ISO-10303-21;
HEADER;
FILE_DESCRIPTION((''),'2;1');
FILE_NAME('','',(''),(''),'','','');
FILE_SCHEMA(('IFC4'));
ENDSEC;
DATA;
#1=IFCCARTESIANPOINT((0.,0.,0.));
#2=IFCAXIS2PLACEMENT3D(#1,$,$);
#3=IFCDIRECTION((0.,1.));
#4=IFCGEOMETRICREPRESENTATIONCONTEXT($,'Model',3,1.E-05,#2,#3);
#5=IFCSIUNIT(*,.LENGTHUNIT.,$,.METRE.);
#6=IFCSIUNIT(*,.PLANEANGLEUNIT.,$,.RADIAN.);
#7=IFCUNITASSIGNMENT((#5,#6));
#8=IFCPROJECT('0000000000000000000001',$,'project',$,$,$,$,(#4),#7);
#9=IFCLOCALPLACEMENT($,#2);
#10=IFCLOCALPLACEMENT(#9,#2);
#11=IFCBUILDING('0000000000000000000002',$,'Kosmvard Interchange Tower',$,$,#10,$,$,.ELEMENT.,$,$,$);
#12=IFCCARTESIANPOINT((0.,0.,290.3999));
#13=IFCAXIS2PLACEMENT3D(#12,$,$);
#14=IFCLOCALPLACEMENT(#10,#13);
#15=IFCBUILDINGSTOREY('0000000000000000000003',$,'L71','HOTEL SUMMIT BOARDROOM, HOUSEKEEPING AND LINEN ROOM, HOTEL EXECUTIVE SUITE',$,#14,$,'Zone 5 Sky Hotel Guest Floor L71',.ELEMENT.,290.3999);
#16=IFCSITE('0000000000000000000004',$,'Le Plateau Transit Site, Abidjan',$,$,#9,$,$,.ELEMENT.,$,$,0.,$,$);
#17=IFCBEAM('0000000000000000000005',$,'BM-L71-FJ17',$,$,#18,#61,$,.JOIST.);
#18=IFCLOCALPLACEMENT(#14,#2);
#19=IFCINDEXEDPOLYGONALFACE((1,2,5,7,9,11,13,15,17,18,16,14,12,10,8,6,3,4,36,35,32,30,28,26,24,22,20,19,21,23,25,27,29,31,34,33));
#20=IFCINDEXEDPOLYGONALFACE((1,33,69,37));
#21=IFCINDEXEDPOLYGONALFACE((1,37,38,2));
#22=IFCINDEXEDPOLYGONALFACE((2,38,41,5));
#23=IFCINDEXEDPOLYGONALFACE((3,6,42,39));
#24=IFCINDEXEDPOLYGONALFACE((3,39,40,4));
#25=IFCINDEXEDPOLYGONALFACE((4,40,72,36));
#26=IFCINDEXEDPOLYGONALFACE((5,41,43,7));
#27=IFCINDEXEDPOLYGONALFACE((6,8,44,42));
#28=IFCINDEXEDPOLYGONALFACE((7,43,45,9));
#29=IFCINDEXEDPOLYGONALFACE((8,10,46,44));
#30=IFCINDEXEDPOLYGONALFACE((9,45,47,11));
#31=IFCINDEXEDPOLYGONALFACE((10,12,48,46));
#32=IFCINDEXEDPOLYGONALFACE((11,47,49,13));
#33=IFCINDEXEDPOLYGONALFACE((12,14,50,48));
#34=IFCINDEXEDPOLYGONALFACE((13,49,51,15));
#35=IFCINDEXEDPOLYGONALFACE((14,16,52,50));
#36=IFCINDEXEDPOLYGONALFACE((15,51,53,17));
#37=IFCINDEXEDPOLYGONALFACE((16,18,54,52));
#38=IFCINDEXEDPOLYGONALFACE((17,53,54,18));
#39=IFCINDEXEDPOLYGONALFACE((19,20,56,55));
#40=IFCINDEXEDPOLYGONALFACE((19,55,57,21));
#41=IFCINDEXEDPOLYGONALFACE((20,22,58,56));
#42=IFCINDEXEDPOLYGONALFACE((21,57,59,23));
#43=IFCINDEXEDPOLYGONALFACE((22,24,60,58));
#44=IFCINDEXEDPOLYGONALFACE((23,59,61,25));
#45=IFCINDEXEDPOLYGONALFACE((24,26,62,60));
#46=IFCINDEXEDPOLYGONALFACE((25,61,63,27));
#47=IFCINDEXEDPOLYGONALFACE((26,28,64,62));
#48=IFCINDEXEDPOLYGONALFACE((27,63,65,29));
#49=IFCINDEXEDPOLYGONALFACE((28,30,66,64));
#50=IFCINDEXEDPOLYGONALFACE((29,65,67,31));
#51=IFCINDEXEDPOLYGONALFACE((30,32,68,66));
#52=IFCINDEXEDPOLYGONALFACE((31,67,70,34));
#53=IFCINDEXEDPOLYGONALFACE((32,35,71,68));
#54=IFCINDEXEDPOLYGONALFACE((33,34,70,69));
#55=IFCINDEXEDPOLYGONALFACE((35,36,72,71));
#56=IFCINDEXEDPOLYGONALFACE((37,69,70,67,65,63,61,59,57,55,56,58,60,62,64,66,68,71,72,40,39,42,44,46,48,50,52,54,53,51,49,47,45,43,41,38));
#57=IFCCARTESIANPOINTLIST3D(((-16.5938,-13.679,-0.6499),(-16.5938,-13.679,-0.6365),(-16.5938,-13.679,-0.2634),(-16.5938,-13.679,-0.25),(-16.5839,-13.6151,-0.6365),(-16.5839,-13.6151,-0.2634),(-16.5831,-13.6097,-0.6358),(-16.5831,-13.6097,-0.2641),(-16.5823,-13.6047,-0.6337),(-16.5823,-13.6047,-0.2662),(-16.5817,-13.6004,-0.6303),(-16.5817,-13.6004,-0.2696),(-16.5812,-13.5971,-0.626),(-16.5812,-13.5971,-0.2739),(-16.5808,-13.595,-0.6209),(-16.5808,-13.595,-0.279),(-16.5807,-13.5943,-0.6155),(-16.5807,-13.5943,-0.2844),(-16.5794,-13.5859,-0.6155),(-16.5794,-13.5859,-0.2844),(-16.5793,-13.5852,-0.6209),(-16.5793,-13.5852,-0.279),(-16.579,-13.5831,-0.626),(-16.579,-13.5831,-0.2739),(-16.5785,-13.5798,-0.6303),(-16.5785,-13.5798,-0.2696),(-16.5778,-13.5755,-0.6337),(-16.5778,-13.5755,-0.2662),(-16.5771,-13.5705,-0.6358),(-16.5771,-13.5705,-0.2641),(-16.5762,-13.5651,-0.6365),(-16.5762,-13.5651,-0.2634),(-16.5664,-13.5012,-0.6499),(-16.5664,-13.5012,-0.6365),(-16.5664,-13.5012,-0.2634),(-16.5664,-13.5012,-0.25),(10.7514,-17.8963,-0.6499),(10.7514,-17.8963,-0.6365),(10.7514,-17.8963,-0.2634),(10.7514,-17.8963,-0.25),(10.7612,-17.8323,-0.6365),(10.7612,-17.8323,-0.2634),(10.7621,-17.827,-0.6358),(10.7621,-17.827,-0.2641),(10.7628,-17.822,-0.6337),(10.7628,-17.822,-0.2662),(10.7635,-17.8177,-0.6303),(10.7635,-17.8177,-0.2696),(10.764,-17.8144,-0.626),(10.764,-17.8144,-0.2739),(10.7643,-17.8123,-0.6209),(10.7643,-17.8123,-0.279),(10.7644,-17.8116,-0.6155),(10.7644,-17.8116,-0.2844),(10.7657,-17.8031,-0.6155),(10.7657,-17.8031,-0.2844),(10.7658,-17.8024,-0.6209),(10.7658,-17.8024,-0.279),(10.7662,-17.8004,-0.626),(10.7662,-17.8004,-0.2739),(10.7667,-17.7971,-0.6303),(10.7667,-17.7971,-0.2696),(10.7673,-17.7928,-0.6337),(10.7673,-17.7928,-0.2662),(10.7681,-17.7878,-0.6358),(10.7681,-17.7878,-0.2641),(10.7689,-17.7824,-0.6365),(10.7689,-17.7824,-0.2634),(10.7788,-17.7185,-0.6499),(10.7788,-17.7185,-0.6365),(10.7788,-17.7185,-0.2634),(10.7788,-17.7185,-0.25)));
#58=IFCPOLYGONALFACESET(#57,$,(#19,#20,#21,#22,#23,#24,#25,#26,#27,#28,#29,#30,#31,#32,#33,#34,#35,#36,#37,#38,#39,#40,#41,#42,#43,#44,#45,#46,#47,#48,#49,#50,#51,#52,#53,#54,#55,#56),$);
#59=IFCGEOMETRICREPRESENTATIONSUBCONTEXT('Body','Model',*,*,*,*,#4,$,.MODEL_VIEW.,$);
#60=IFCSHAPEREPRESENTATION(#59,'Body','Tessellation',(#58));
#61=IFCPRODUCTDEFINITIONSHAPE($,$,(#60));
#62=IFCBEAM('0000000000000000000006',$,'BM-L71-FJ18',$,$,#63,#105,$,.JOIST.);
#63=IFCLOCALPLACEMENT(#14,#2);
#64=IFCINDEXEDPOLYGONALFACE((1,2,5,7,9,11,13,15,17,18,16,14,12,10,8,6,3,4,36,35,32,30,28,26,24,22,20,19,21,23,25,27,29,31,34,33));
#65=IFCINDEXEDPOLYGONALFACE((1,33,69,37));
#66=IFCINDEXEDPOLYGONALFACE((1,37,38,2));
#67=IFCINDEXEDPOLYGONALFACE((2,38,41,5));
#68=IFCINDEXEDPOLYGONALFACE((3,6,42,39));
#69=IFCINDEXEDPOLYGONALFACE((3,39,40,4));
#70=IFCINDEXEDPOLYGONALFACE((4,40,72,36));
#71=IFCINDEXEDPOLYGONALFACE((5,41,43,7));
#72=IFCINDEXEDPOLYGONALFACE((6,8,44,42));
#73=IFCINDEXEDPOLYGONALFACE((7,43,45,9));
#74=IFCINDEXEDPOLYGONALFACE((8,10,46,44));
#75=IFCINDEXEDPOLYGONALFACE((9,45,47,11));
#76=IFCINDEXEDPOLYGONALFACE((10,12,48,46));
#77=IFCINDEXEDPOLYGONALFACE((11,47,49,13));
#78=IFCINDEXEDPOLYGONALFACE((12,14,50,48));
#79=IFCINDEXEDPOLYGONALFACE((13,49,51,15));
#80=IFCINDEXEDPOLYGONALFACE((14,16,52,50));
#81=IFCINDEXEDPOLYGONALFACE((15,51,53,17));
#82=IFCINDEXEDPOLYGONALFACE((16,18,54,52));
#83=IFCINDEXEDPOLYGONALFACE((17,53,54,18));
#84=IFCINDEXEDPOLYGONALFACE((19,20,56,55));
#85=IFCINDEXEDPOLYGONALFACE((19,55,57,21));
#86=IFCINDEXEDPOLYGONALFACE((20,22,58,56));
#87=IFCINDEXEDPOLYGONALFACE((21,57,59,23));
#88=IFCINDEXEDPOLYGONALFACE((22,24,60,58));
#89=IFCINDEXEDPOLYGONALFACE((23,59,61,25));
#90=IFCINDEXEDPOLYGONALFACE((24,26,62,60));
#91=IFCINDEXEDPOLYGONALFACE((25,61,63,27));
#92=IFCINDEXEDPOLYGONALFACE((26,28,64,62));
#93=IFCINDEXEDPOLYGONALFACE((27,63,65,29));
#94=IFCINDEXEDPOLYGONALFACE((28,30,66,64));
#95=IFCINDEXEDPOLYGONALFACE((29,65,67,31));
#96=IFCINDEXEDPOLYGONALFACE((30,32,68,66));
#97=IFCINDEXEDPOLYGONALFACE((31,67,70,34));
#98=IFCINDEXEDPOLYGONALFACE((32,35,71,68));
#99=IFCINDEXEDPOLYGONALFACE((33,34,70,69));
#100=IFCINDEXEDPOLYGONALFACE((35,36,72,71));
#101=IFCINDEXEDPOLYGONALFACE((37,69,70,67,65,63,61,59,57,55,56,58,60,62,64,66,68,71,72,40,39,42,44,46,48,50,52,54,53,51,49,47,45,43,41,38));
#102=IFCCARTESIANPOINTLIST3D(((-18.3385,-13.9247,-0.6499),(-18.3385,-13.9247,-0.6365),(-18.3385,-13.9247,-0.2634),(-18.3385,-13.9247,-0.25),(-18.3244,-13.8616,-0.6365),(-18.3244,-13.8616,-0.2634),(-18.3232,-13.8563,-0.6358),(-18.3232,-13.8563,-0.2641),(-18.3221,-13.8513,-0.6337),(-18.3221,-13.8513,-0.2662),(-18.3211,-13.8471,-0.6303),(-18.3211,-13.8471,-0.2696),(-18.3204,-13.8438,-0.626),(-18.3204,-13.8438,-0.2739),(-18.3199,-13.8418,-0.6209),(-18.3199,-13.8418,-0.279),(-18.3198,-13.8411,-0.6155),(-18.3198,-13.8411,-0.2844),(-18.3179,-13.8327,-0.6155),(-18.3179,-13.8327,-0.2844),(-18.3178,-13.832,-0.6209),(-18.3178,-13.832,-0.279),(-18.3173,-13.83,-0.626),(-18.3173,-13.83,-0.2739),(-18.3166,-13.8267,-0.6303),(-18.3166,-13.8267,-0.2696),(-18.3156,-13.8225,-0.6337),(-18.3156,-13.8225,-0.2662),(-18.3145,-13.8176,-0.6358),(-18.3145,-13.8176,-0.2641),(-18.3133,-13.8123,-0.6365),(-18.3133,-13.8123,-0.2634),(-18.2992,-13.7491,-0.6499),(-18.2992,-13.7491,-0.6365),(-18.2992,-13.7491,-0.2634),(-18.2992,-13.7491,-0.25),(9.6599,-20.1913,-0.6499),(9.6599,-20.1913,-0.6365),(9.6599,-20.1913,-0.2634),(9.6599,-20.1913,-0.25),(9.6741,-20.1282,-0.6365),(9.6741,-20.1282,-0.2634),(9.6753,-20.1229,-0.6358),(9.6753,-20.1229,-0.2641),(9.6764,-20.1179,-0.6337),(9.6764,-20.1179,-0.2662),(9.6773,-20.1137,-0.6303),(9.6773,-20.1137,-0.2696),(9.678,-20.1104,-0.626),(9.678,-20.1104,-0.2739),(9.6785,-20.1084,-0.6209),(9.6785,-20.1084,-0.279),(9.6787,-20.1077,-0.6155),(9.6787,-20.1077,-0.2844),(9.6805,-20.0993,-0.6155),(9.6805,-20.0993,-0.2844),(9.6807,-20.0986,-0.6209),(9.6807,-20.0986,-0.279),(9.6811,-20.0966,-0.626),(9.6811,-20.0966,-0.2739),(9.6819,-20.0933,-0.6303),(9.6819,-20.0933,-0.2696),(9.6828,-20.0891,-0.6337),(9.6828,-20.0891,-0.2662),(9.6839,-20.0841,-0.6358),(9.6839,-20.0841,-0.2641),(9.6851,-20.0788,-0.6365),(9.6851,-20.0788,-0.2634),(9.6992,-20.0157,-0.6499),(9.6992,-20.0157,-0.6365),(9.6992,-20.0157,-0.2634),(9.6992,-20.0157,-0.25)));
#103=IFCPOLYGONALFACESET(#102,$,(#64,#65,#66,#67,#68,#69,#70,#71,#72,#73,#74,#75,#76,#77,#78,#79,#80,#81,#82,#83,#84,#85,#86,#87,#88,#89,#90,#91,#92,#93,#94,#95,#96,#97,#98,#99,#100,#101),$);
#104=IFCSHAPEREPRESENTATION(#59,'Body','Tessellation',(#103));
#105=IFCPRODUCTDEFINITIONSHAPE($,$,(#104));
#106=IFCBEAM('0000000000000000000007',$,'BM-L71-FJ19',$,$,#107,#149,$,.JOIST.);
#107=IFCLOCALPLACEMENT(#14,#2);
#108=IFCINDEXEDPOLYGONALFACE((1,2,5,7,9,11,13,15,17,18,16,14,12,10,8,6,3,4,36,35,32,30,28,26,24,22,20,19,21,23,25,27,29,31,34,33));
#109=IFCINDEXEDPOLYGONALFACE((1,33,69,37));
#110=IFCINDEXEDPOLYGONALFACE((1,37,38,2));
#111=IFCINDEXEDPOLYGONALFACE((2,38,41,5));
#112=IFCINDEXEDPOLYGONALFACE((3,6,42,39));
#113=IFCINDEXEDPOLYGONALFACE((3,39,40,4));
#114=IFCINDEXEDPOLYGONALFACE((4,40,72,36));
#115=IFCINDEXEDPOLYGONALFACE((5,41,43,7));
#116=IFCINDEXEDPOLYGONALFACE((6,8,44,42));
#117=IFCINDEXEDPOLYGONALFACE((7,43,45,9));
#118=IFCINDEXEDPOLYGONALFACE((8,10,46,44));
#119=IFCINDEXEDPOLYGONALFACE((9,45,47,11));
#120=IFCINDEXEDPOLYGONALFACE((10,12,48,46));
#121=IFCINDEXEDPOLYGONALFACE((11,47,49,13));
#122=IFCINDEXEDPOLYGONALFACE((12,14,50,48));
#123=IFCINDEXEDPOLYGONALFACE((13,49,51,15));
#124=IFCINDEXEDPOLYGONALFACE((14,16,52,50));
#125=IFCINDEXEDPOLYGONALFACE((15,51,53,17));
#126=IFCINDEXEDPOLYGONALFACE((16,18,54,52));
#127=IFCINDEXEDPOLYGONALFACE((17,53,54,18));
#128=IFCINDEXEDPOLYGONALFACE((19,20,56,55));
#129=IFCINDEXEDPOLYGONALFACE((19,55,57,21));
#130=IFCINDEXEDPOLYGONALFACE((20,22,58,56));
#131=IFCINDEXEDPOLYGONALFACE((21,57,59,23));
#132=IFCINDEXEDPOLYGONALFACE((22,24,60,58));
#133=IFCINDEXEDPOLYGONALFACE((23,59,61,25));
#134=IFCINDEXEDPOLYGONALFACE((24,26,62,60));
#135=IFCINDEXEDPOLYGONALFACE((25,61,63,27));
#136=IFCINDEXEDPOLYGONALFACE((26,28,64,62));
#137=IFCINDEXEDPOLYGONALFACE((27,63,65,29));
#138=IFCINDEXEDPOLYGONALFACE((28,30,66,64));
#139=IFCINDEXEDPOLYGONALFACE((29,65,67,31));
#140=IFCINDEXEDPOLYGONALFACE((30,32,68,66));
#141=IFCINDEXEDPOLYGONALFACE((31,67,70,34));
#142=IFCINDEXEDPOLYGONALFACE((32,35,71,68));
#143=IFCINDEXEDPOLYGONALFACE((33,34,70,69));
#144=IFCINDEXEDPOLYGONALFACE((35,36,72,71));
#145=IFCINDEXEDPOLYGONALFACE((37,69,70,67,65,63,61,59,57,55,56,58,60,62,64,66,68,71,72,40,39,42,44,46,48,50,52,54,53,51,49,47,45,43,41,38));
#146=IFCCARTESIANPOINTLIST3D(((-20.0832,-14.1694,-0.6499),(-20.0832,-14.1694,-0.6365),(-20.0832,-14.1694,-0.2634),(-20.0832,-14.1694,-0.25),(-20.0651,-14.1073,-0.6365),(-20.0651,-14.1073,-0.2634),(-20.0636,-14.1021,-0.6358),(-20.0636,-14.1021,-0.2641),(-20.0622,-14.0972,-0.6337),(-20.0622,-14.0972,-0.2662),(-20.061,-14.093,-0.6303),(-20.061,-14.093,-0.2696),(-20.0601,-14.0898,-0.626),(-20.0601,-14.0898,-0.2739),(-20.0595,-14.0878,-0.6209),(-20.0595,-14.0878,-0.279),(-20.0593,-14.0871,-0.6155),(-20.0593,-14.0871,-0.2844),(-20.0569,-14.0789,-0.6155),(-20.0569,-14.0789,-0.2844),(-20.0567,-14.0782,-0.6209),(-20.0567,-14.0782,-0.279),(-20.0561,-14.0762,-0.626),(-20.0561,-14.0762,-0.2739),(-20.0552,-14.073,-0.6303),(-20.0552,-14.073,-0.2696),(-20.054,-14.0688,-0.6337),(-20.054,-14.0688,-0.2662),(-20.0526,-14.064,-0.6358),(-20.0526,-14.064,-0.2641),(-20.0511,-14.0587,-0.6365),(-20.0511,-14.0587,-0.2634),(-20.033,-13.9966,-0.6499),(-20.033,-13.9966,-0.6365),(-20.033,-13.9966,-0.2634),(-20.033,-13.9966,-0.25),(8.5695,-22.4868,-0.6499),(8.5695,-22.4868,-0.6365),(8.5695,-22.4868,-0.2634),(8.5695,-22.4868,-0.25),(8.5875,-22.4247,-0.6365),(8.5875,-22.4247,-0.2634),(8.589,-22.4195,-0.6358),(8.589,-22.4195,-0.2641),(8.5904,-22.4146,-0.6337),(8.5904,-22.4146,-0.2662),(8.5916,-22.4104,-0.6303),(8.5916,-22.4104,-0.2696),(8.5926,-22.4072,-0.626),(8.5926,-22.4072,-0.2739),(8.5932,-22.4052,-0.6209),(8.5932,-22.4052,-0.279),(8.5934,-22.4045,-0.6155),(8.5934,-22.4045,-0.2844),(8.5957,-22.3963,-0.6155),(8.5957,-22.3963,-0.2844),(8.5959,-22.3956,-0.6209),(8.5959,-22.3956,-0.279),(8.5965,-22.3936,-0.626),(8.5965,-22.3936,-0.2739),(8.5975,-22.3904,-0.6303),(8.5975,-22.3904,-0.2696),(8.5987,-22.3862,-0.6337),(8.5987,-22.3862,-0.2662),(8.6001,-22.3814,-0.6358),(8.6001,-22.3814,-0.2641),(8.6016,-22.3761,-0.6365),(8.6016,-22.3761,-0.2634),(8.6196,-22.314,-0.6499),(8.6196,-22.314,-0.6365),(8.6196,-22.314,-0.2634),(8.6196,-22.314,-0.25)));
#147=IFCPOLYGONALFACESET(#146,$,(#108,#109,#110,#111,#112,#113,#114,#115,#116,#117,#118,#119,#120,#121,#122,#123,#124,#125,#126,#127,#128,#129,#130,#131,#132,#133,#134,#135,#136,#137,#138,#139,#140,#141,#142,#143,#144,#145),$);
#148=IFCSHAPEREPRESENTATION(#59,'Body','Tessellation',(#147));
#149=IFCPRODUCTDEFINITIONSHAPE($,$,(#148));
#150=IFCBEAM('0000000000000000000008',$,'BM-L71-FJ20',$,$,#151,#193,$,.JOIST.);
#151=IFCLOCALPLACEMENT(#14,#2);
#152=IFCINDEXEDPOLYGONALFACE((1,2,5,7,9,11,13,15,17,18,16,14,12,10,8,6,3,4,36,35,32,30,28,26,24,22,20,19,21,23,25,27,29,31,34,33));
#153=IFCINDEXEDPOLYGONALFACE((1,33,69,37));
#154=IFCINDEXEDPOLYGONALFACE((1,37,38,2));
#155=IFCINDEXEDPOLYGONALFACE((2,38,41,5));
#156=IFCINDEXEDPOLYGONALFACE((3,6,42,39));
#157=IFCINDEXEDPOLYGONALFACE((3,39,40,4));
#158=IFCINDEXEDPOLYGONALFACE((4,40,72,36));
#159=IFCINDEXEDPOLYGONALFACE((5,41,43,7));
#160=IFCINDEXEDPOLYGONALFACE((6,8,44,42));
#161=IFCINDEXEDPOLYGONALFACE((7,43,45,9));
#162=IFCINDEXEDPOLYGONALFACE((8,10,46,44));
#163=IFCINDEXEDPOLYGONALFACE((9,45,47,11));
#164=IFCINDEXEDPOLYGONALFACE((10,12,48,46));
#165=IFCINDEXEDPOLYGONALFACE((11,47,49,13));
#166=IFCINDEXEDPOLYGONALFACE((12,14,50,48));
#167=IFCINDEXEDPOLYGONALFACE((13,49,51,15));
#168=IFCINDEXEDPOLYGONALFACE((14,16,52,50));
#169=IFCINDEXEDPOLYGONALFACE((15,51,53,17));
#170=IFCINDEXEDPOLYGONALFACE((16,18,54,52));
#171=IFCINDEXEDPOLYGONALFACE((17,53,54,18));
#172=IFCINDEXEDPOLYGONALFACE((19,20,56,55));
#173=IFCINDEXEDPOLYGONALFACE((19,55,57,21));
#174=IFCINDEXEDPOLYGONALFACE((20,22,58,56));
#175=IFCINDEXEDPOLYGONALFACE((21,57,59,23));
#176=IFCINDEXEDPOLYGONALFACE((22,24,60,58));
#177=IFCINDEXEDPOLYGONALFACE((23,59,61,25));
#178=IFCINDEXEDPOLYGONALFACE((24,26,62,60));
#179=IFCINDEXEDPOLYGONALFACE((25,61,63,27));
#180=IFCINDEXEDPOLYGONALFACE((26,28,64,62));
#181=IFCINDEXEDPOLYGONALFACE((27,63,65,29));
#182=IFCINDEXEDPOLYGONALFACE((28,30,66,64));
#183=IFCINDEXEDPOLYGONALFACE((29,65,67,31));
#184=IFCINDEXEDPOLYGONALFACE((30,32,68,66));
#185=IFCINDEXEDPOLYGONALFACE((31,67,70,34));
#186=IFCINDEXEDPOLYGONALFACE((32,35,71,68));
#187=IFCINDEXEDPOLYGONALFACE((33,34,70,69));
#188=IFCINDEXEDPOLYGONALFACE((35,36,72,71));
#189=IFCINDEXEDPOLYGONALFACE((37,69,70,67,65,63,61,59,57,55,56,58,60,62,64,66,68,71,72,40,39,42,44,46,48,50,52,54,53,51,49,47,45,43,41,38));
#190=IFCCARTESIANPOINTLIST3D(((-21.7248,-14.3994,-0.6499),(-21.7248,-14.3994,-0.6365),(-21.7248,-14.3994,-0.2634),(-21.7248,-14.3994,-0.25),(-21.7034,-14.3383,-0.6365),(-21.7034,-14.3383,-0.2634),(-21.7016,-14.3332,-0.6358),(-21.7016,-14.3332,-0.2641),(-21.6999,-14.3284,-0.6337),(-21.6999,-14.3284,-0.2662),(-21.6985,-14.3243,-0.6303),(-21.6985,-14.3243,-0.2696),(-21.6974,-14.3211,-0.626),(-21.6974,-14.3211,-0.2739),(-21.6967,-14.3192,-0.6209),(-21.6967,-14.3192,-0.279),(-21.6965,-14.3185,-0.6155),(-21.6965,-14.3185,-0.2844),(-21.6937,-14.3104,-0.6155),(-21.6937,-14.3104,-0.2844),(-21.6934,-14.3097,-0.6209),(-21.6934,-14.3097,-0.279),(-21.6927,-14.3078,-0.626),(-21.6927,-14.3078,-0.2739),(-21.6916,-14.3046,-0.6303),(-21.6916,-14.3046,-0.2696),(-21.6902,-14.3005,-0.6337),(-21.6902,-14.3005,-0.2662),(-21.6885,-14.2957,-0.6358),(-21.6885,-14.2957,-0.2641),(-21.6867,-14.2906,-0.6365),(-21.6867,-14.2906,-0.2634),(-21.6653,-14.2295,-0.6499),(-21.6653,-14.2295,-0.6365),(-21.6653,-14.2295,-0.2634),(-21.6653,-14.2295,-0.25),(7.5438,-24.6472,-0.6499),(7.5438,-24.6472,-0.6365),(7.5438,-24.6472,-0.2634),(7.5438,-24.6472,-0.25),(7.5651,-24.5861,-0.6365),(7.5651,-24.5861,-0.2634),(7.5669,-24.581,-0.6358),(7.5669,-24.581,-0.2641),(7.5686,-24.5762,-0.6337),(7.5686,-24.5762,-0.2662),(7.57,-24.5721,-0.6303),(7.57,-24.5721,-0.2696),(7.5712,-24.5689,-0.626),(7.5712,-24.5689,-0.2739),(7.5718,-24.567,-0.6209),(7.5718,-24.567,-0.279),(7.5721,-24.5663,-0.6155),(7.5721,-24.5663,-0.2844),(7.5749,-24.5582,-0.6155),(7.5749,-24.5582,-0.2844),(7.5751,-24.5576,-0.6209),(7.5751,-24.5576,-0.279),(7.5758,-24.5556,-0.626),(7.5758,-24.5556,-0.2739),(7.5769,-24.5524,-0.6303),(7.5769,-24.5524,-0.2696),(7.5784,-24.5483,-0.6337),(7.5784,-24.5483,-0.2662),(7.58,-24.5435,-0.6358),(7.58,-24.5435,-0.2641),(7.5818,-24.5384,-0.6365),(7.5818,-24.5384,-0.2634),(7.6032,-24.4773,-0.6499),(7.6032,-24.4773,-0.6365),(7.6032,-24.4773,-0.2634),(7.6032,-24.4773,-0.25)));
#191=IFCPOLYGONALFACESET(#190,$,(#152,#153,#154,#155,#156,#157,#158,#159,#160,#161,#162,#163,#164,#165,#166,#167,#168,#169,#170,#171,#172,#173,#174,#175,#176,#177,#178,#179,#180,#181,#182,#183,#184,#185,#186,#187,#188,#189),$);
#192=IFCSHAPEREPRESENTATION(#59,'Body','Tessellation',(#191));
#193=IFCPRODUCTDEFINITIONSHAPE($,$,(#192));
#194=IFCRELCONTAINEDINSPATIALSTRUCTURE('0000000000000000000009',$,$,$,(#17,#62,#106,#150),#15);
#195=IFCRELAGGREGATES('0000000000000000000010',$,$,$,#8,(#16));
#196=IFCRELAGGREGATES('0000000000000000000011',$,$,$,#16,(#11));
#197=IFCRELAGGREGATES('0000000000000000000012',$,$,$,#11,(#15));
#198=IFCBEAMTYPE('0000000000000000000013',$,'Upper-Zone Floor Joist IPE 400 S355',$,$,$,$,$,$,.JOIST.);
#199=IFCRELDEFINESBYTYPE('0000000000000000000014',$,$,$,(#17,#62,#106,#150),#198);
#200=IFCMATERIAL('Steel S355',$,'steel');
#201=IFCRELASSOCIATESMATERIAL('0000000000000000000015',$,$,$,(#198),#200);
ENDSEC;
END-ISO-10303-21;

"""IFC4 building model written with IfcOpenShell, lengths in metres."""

from ifc_helpers import new_model, si_unit, direction, frame, origin, origin_2d, place, context, subcontext, project, spatial, i_section, extrude, source, transform, mapped, material, material_profile, profile_set, type_object, element, save


model = new_model("IFC4")

# Units and contexts
model_context = context("Model", 3, precision=1e-05, world=origin(), true_north=direction((0.0, 1.0)))
body_context = subcontext(model_context, "Body", "Model", "MODEL_VIEW")
ifc_project = project(units=[si_unit("LENGTHUNIT", "METRE"), si_unit("PLANEANGLEUNIT", "RADIAN")], contexts=[model_context])

# Site, building, storey
site_placement = place(None, origin())
site = spatial("IfcSite", under=ifc_project, at=site_placement, Name="Le Plateau Transit Site, Abidjan", CompositionType="ELEMENT", RefElevation=0.0)
building_placement = place(site_placement, origin())
building = spatial("IfcBuilding", under=site, at=building_placement, Name="Kosmvard Interchange Tower", CompositionType="ELEMENT")
storey_placement = place(building_placement, frame((0.0, 0.0, 290.3999)))
storey = spatial("IfcBuildingStorey", under=building, at=storey_placement, Name="L71", Description="HOTEL SUMMIT BOARDROOM, HOUSEKEEPING AND LINEN ROOM, HOTEL EXECUTIVE SUITE", LongName="Zone 5 Sky Hotel Guest Floor L71", CompositionType="ELEMENT", Elevation=290.3999)

# Beams
ifc_material_1 = material(Name="Steel S355", Category="steel")
ifc_material_profile_1 = material_profile(ifc_material_1, i_section(OverallWidth=0.1799, OverallDepth=0.3999, WebThickness=0.0085, FlangeThickness=0.0134, FilletRadius=0.021, at=origin_2d()), Name="IPE 400")
ifc_profile_set_1 = profile_set([ifc_material_profile_1], Name="Steel S355")
beam_type_1 = type_object("IfcBeamType", Name="Upper-Zone Floor Joist IPE 400 S355", PredefinedType="JOIST", material=ifc_profile_set_1)
shared_shape_1 = source(origin(), body_context, "Body", "SweptSolid", [
    extrude(i_section(OverallWidth=0.1799, OverallDepth=0.3999, WebThickness=0.0085, FlangeThickness=0.0134, FilletRadius=0.021, at=origin_2d()), origin(), (0.0, 0.0, 1.0), 27.6685),
])
beam_1_placement = place(storey_placement, frame((-16.5801, -13.5901, -0.45), z_axis=(0.988316, -0.152422, 0.0), x_axis=(0.152422, 0.988316, 0.0)))
element("IfcBeam", 1, at=beam_1_placement, inside=storey, type_object=beam_type_1, Name="BM-L71-FJ17", PredefinedType="JOIST", context=body_context, shape_type="MappedRepresentation", body=[
    mapped(shared_shape_1, transform((0.0, 0.0, 0.0), scale=1.0)),
])
shared_shape_2 = source(origin(), body_context, "Body", "SweptSolid", [
    extrude(i_section(OverallWidth=0.1799, OverallDepth=0.3999, WebThickness=0.0085, FlangeThickness=0.0134, FilletRadius=0.021, at=origin_2d()), origin(), (0.0, 0.0, 1.0), 28.6912),
])
beam_2_placement = place(storey_placement, frame((-18.3188, -13.8369, -0.45), z_axis=(0.975856, -0.218415, 0.0), x_axis=(0.218415, 0.975856, 0.0)))
element("IfcBeam", 2, at=beam_2_placement, inside=storey, type_object=beam_type_1, Name="BM-L71-FJ18", PredefinedType="JOIST", context=body_context, shape_type="MappedRepresentation", body=[
    mapped(shared_shape_2, transform((0.0, 0.0, 0.0), scale=1.0)),
])
shared_shape_3 = source(origin(), body_context, "Body", "SweptSolid", [
    extrude(i_section(OverallWidth=0.1799, OverallDepth=0.3999, WebThickness=0.0085, FlangeThickness=0.0134, FilletRadius=0.021, at=origin_2d()), origin(), (0.0, 0.0, 1.0), 29.8354),
])
beam_3_placement = place(storey_placement, frame((-20.0581, -14.083, -0.45), z_axis=(0.960356, -0.278776, 0.0), x_axis=(0.278776, 0.960356, 0.0)))
element("IfcBeam", 3, at=beam_3_placement, inside=storey, type_object=beam_type_1, Name="BM-L71-FJ19", PredefinedType="JOIST", context=body_context, shape_type="MappedRepresentation", body=[
    mapped(shared_shape_3, transform((0.0, 0.0, 0.0), scale=1.0)),
])
shared_shape_4 = source(origin(), body_context, "Body", "SweptSolid", [
    extrude(i_section(OverallWidth=0.1799, OverallDepth=0.3999, WebThickness=0.0085, FlangeThickness=0.0134, FilletRadius=0.021, at=origin_2d()), origin(), (0.0, 0.0, 1.0), 31.0107),
])
beam_4_placement = place(storey_placement, frame((-21.6951, -14.3145, -0.45), z_axis=(0.94382, -0.33046, 0.0), x_axis=(0.33046, 0.94382, 0.0)))
element("IfcBeam", 4, at=beam_4_placement, inside=storey, type_object=beam_type_1, Name="BM-L71-FJ20", PredefinedType="JOIST", context=body_context, shape_type="MappedRepresentation", body=[
    mapped(shared_shape_4, transform((0.0, 0.0, 0.0), scale=1.0)),
])

save(model, "model.ifc")
